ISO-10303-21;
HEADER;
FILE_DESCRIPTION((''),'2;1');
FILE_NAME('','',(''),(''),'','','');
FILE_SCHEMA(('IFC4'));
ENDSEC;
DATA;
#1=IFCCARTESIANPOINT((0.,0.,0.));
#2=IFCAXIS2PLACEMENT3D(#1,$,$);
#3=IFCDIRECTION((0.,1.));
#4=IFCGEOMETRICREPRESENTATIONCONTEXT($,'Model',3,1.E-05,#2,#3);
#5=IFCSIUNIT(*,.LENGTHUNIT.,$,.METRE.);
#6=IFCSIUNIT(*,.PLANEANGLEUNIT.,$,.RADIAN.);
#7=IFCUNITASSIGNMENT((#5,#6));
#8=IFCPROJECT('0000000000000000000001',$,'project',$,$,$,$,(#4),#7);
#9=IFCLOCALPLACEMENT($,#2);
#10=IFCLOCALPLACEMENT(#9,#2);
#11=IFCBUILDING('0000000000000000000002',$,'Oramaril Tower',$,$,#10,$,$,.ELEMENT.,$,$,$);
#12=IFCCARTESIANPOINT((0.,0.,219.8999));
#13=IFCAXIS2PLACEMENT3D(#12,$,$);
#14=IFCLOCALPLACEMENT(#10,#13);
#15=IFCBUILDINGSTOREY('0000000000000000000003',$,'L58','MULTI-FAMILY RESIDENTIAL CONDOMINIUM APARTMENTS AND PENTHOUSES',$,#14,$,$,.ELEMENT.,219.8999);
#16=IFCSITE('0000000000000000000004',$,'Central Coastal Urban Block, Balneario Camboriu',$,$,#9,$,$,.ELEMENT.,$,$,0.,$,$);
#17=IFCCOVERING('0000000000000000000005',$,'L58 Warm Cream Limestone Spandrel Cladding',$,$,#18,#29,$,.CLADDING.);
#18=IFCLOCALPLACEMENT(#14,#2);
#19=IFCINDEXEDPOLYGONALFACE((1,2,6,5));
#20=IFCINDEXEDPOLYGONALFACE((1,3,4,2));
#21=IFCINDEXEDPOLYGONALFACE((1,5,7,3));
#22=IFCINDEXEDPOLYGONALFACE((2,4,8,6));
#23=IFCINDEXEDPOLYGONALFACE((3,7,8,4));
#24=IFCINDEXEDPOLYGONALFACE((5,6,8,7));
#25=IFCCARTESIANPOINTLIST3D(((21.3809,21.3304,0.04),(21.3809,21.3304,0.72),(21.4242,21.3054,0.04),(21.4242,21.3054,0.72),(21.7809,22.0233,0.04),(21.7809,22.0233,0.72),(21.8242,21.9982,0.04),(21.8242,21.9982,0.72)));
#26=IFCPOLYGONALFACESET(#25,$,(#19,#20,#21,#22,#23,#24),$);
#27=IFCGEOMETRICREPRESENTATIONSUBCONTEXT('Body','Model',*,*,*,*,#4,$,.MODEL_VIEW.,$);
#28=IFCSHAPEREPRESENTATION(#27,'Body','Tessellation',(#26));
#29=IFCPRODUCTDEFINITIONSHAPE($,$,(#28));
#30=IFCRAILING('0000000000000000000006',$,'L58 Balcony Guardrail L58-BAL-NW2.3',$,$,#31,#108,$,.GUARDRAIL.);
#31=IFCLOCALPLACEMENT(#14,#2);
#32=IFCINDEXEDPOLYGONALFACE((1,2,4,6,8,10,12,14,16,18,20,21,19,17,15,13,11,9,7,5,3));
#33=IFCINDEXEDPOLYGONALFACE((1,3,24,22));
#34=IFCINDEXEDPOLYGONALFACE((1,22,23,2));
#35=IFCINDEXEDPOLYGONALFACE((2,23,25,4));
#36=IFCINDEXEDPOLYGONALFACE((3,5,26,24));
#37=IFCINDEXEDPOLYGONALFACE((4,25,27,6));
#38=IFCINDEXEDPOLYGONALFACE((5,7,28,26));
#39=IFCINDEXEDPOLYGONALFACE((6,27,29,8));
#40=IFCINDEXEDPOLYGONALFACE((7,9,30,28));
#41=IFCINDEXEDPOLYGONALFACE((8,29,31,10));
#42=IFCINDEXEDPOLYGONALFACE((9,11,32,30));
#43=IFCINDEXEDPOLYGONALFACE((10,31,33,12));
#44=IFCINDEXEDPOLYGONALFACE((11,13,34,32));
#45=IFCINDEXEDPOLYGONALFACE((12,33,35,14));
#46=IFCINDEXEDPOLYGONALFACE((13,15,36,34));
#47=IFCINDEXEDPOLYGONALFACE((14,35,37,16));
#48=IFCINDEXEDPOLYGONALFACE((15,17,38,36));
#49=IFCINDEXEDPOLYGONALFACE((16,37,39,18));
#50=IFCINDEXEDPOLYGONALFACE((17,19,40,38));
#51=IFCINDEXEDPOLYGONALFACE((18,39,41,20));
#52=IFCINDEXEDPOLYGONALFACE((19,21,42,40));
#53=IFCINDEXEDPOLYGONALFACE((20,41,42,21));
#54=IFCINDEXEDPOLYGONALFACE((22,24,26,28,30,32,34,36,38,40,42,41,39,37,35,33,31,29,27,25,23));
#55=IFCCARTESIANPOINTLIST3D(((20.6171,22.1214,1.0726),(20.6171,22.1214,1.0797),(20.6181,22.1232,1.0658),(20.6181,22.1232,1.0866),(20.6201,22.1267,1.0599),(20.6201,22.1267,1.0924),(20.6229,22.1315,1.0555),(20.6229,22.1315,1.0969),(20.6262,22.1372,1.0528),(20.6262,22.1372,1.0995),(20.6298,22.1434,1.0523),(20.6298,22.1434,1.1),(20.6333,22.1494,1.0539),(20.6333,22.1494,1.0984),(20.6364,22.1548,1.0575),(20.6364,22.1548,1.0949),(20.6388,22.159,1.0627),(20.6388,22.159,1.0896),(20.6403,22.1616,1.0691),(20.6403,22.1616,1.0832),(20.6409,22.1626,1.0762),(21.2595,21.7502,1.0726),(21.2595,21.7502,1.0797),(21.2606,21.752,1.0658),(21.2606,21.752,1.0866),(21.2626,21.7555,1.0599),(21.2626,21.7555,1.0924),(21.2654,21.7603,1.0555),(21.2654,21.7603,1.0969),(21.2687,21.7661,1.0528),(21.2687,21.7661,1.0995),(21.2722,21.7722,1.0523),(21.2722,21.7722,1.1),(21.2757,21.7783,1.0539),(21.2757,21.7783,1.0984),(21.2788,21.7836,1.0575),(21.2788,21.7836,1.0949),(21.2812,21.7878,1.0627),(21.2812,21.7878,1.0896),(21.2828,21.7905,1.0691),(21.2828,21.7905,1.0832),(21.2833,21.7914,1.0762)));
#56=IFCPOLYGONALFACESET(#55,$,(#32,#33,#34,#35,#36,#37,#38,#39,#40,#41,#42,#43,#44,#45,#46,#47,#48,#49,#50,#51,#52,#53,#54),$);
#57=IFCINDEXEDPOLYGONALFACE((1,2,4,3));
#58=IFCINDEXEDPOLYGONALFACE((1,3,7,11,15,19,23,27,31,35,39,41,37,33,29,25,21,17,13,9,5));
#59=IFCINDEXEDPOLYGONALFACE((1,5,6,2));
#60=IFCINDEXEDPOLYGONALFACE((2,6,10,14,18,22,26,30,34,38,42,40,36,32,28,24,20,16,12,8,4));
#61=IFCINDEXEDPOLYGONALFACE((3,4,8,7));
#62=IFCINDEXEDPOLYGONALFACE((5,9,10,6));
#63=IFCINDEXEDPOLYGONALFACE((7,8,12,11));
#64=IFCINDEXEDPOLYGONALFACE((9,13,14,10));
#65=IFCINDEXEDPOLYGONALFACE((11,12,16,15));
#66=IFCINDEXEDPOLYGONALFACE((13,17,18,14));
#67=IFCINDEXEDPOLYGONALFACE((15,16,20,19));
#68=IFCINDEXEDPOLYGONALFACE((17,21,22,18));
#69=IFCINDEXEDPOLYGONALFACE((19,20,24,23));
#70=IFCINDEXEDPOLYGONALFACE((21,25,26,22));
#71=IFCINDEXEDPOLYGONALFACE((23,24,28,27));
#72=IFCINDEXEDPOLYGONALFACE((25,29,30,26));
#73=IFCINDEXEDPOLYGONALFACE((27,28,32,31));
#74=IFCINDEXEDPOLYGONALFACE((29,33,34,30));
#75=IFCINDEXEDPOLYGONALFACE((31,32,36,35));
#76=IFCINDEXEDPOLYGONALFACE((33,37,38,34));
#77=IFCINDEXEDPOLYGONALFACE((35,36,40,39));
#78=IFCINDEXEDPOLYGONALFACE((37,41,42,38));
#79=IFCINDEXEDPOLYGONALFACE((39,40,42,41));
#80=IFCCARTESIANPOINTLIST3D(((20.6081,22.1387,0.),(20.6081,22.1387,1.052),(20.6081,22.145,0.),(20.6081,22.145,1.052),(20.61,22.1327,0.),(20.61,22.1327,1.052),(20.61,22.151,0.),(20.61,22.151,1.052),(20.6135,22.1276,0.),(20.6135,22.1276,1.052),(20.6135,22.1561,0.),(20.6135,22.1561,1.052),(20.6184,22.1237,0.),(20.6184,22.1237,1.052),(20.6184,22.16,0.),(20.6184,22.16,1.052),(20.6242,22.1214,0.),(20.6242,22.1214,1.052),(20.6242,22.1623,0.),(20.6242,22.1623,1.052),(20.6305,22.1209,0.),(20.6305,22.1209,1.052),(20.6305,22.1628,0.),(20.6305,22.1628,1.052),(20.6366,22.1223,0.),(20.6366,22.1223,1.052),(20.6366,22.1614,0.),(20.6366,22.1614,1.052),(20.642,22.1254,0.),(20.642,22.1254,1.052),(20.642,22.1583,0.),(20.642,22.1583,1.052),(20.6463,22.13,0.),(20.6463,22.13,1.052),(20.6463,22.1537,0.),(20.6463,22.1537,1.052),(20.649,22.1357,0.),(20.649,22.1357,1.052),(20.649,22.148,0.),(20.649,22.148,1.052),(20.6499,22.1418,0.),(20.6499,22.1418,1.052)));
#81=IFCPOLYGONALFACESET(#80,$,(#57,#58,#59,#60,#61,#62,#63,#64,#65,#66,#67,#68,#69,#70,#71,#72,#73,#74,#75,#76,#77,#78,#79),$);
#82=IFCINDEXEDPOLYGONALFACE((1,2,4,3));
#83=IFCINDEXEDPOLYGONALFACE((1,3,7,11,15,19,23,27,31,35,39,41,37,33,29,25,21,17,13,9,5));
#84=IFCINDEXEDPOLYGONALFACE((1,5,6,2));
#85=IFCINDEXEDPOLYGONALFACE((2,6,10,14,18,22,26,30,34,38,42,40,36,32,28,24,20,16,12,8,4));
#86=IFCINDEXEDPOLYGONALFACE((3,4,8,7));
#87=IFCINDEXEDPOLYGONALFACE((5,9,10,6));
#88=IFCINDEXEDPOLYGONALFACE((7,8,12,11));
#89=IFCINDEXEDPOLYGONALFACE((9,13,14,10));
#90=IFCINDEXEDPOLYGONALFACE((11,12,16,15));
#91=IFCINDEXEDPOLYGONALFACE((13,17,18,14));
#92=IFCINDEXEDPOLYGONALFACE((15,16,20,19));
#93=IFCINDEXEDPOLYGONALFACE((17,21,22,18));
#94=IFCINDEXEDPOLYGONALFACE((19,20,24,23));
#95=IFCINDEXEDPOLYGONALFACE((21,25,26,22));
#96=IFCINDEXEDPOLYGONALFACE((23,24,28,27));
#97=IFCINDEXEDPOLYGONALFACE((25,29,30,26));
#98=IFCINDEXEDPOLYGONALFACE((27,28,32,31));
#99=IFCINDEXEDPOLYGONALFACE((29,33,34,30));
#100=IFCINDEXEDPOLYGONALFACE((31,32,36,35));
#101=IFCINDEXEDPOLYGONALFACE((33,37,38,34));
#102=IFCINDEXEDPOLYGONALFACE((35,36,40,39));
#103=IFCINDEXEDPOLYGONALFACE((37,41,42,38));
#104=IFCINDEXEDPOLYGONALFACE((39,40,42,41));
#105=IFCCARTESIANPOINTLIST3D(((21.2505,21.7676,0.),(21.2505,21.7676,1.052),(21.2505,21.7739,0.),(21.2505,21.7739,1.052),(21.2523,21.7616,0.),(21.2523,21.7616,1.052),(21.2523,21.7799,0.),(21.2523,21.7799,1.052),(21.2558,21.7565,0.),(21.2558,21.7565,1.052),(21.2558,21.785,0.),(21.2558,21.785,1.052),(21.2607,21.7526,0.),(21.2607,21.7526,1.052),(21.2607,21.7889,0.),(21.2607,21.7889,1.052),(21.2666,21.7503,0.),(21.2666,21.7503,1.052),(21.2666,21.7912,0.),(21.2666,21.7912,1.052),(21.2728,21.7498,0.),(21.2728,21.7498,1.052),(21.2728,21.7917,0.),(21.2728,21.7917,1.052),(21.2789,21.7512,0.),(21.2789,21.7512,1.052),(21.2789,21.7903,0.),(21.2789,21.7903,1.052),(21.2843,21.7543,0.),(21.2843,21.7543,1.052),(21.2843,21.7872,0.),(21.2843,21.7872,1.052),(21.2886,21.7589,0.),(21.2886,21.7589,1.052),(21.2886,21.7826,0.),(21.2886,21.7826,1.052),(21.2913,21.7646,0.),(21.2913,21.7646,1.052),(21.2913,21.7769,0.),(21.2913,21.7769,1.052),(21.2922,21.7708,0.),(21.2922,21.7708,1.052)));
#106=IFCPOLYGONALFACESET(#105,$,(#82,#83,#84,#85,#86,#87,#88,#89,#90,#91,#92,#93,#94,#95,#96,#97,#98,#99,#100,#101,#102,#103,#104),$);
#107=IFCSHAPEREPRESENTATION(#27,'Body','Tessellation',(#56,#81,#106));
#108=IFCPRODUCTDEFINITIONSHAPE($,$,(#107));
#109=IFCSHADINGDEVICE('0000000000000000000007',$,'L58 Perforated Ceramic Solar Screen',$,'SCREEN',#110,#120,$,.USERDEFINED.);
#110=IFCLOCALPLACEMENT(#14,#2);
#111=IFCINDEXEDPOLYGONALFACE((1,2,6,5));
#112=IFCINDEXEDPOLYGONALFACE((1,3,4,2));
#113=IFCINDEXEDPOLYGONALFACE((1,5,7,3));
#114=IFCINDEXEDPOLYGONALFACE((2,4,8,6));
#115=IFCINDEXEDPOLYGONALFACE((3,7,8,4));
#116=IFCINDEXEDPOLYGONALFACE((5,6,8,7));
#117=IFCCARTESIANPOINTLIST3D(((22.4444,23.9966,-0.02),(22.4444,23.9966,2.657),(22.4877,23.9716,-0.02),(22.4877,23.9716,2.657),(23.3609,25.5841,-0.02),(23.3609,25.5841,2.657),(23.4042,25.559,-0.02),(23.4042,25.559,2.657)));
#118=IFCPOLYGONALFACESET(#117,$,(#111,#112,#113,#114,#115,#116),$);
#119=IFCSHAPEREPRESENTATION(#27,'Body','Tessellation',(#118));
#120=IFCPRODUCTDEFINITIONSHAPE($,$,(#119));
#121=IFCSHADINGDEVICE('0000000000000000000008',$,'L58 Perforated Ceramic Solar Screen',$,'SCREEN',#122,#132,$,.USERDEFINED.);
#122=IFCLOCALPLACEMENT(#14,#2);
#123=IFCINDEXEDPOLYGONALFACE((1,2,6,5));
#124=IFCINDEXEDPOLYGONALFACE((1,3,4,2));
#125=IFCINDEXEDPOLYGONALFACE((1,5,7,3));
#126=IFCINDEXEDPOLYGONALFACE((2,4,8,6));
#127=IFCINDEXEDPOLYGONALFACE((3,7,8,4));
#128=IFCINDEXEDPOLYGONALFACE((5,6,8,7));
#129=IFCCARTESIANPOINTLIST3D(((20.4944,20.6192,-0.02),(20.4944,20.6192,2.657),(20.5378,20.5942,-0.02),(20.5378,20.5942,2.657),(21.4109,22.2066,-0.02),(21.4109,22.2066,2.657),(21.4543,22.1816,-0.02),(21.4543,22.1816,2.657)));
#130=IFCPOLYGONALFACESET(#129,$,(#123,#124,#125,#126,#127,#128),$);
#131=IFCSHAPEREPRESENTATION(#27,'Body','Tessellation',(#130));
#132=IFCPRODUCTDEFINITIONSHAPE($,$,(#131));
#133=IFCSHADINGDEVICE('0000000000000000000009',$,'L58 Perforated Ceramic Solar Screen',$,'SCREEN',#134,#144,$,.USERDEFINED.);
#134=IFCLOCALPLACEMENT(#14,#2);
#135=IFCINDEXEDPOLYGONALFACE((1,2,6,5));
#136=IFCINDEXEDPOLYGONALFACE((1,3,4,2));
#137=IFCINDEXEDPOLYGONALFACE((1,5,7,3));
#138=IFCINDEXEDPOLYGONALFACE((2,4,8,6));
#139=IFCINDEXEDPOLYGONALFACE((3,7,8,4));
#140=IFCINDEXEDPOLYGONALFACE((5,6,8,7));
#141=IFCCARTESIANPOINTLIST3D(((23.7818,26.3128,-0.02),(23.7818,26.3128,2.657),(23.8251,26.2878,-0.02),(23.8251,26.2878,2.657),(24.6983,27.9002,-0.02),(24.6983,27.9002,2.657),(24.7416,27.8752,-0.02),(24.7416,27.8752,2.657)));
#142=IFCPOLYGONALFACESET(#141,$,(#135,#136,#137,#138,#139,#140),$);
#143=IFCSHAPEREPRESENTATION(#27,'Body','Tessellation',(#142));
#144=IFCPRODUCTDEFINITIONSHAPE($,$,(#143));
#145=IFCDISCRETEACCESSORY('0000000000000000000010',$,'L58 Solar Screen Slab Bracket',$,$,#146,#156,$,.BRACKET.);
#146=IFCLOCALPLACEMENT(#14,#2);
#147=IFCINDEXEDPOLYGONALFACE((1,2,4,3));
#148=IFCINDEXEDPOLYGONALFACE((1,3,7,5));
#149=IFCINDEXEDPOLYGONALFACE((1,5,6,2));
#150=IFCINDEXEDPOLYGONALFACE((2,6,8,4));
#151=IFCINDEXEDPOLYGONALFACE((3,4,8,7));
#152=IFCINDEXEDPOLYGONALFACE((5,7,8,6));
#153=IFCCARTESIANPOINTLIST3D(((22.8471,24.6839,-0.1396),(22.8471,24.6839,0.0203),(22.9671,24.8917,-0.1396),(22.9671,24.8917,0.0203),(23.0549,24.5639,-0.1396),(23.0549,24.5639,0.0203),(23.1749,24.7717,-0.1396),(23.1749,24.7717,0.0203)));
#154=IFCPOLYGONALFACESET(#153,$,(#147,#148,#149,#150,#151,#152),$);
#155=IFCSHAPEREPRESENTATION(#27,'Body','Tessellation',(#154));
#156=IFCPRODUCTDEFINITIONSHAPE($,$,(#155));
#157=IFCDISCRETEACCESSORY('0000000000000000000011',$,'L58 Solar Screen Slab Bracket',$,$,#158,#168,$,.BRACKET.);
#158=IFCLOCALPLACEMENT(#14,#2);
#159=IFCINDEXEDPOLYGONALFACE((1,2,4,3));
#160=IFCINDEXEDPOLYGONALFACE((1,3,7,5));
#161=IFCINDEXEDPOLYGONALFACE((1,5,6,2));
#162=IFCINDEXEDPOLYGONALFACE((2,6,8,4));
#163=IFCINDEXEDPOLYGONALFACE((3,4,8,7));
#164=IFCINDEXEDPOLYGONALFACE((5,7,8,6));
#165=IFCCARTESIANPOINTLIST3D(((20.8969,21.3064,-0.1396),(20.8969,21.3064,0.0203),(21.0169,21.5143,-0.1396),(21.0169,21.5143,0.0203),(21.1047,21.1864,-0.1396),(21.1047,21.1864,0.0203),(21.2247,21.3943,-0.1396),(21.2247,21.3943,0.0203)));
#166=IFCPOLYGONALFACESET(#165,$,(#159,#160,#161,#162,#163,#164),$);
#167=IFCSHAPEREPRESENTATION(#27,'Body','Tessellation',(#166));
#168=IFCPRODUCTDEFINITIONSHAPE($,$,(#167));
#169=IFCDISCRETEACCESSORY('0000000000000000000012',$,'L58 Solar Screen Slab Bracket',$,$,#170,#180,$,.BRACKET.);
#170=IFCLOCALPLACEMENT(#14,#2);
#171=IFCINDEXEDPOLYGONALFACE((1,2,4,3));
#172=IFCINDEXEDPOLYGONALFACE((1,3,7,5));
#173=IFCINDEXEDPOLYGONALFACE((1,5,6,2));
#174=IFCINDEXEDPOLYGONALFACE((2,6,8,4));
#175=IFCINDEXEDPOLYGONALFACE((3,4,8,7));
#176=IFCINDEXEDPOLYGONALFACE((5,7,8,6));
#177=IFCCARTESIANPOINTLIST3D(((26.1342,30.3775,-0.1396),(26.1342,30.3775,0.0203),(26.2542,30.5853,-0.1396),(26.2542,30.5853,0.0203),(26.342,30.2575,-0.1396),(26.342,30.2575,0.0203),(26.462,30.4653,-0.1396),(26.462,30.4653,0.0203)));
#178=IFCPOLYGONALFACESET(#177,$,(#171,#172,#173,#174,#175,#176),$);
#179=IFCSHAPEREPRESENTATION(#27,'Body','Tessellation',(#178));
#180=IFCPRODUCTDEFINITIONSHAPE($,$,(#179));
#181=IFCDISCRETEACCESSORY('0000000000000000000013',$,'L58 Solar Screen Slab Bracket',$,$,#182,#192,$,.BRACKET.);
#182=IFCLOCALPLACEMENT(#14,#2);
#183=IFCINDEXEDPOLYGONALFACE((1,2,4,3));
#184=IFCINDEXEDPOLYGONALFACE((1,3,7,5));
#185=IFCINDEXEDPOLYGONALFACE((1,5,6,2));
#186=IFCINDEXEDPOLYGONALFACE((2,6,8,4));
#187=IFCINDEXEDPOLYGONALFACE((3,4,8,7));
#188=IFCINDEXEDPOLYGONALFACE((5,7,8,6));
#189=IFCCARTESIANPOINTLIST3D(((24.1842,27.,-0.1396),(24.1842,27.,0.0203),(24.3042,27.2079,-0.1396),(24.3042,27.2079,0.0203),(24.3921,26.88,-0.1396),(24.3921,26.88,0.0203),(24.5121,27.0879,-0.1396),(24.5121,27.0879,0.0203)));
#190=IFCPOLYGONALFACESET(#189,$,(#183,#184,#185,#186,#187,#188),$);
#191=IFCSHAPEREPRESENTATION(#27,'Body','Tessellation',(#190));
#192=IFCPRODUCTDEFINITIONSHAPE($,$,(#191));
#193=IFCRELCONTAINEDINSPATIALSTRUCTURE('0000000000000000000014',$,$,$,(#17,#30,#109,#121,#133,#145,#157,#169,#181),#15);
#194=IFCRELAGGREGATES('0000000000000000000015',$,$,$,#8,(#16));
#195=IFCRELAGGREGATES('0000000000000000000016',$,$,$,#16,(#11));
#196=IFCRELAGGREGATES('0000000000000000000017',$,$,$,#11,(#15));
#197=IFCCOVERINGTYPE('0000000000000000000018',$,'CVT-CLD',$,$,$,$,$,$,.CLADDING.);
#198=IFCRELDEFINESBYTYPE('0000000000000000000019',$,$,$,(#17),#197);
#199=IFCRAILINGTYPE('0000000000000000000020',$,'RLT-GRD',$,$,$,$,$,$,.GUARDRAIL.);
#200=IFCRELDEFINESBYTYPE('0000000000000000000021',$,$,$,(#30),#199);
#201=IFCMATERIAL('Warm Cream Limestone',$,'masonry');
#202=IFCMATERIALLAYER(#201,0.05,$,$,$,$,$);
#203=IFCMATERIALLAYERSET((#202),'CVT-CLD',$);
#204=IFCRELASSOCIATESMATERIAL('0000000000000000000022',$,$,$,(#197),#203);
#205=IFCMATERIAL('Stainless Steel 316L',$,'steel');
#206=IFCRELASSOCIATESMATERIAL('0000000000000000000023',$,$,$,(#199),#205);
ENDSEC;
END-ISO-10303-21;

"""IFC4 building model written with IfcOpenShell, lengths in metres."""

from ifc_helpers import new_model, si_unit, direction, frame, origin, origin_2d, place, context, subcontext, project, spatial, rectangle, circle, extrude, material, layer, layer_set, type_object, element, save


model = new_model("IFC4")

# Units and contexts
model_context = context("Model", 3, precision=1e-05, world=origin(), true_north=direction((0.0, 1.0)))
body_context = subcontext(model_context, "Body", "Model", "MODEL_VIEW")
ifc_project = project(units=[si_unit("LENGTHUNIT", "METRE"), si_unit("PLANEANGLEUNIT", "RADIAN")], contexts=[model_context])

# Site, building, storey
site_placement = place(None, origin())
site = spatial("IfcSite", under=ifc_project, at=site_placement, Name="Central Coastal Urban Block, Balneario Camboriu", CompositionType="ELEMENT", RefElevation=0.0)
building_placement = place(site_placement, origin())
building = spatial("IfcBuilding", under=site, at=building_placement, Name="Oramaril Tower", CompositionType="ELEMENT")
storey_placement = place(building_placement, frame((0.0, 0.0, 219.8999)))
storey = spatial("IfcBuildingStorey", under=building, at=storey_placement, Name="L58", Description="MULTI-FAMILY RESIDENTIAL CONDOMINIUM APARTMENTS AND PENTHOUSES", CompositionType="ELEMENT", Elevation=219.8999)

# Covering
ifc_material_1 = material(Name="Warm Cream Limestone", Category="masonry")
ifc_layer_1 = layer(ifc_material_1, 0.05)
ifc_layer_set_1 = layer_set([ifc_layer_1], Name="CVT-CLD")
covering_type = type_object("IfcCoveringType", Name="CVT-CLD", PredefinedType="CLADDING", material=ifc_layer_set_1)
covering_placement = place(storey_placement, frame((21.6025, 21.6643, 0.04), z_axis=(0.0, 0.0, 1.0), x_axis=(-0.499998, -0.866026, 0.0)))
element("IfcCovering", 1, at=covering_placement, inside=storey, type_object=covering_type, Name="L58 Warm Cream Limestone Spandrel Cladding", PredefinedType="CLADDING", context=body_context, shape_type="SweptSolid", body=[
    extrude(rectangle(XDim=0.8, YDim=0.05, at=origin_2d()), origin(), (0.0, 0.0, 1.0), 0.6799),
])

# Railing
ifc_material_2 = material(Name="Stainless Steel 316L", Category="steel")
railing_type = type_object("IfcRailingType", Name="RLT-GRD", PredefinedType="GUARDRAIL", material=ifc_material_2)
railing_placement = place(storey_placement, frame((20.6289, 22.1418, 0.0)))
element("IfcRailing", 2, at=railing_placement, inside=storey, type_object=railing_type, Name="L58 Balcony Guardrail L58-BAL-NW2.3", PredefinedType="GUARDRAIL", context=body_context, shape_type="SweptSolid", body=[
    extrude(circle(Radius=0.0239, at=origin_2d()), frame((0.0, 0.0, 1.0762), z_axis=(0.865884, -0.500245, 0.0), x_axis=(0.500245, 0.865884, 0.0)), (0.0, 0.0, 1.0), 0.7419),
    extrude(circle(Radius=0.021, at=origin_2d()), origin(), (0.0, 0.0, 1.0), 1.052),
    extrude(circle(Radius=0.021, at=origin_2d()), frame((0.6423, -0.3711, 0.0)), (0.0, 0.0, 1.0), 1.052),
])

# Shading devices
for number, where, z_axis, x_axis, name in (
    (3, (22.9243, 24.7778, -0.02), (0.0, 0.0, 1.0), (-0.499998, -0.866026, 0.0), "L58 Perforated Ceramic Solar Screen"),
    (4, (20.9744, 21.4004, -0.02), (0.0, 0.0, 1.0), (-0.499998, -0.866026, 0.0), "L58 Perforated Ceramic Solar Screen"),
    (5, (24.2617, 27.094, -0.02), (0.0, 0.0, 1.0), (-0.499998, -0.866026, 0.0), "L58 Perforated Ceramic Solar Screen"),
):
    element("IfcShadingDevice", number, at=place(storey_placement, frame(where, z_axis=z_axis, x_axis=x_axis)), inside=storey, Name=name, ObjectType="SCREEN", PredefinedType="USERDEFINED", context=body_context, shape_type="SweptSolid", body=[
        extrude(rectangle(XDim=1.833, YDim=0.05, at=origin_2d()), origin(), (0.0, 0.0, 1.0), 2.677),
    ])

# Discrete accessories
for number, where, z_axis, x_axis, name in (
    (6, (23.011, 24.7278, -0.1396), (0.0, 0.0, 1.0), (-0.499998, -0.866026, 0.0), "L58 Solar Screen Slab Bracket"),
    (7, (21.0608, 21.3503, -0.1396), (0.0, 0.0, 1.0), (-0.499998, -0.866026, 0.0), "L58 Solar Screen Slab Bracket"),
    (8, (26.2981, 30.4214, -0.1396), (0.0, 0.0, 1.0), (-0.499998, -0.866026, 0.0), "L58 Solar Screen Slab Bracket"),
    (9, (24.3481, 27.0439, -0.1396), (0.0, 0.0, 1.0), (-0.499998, -0.866026, 0.0), "L58 Solar Screen Slab Bracket"),
):
    element("IfcDiscreteAccessory", number, at=place(storey_placement, frame(where, z_axis=z_axis, x_axis=x_axis)), inside=storey, Name=name, PredefinedType="BRACKET", context=body_context, shape_type="SweptSolid", body=[
        extrude(rectangle(XDim=0.24, YDim=0.24, at=origin_2d()), origin(), (0.0, 0.0, 1.0), 0.1599),
    ])

save(model, "model.ifc")
